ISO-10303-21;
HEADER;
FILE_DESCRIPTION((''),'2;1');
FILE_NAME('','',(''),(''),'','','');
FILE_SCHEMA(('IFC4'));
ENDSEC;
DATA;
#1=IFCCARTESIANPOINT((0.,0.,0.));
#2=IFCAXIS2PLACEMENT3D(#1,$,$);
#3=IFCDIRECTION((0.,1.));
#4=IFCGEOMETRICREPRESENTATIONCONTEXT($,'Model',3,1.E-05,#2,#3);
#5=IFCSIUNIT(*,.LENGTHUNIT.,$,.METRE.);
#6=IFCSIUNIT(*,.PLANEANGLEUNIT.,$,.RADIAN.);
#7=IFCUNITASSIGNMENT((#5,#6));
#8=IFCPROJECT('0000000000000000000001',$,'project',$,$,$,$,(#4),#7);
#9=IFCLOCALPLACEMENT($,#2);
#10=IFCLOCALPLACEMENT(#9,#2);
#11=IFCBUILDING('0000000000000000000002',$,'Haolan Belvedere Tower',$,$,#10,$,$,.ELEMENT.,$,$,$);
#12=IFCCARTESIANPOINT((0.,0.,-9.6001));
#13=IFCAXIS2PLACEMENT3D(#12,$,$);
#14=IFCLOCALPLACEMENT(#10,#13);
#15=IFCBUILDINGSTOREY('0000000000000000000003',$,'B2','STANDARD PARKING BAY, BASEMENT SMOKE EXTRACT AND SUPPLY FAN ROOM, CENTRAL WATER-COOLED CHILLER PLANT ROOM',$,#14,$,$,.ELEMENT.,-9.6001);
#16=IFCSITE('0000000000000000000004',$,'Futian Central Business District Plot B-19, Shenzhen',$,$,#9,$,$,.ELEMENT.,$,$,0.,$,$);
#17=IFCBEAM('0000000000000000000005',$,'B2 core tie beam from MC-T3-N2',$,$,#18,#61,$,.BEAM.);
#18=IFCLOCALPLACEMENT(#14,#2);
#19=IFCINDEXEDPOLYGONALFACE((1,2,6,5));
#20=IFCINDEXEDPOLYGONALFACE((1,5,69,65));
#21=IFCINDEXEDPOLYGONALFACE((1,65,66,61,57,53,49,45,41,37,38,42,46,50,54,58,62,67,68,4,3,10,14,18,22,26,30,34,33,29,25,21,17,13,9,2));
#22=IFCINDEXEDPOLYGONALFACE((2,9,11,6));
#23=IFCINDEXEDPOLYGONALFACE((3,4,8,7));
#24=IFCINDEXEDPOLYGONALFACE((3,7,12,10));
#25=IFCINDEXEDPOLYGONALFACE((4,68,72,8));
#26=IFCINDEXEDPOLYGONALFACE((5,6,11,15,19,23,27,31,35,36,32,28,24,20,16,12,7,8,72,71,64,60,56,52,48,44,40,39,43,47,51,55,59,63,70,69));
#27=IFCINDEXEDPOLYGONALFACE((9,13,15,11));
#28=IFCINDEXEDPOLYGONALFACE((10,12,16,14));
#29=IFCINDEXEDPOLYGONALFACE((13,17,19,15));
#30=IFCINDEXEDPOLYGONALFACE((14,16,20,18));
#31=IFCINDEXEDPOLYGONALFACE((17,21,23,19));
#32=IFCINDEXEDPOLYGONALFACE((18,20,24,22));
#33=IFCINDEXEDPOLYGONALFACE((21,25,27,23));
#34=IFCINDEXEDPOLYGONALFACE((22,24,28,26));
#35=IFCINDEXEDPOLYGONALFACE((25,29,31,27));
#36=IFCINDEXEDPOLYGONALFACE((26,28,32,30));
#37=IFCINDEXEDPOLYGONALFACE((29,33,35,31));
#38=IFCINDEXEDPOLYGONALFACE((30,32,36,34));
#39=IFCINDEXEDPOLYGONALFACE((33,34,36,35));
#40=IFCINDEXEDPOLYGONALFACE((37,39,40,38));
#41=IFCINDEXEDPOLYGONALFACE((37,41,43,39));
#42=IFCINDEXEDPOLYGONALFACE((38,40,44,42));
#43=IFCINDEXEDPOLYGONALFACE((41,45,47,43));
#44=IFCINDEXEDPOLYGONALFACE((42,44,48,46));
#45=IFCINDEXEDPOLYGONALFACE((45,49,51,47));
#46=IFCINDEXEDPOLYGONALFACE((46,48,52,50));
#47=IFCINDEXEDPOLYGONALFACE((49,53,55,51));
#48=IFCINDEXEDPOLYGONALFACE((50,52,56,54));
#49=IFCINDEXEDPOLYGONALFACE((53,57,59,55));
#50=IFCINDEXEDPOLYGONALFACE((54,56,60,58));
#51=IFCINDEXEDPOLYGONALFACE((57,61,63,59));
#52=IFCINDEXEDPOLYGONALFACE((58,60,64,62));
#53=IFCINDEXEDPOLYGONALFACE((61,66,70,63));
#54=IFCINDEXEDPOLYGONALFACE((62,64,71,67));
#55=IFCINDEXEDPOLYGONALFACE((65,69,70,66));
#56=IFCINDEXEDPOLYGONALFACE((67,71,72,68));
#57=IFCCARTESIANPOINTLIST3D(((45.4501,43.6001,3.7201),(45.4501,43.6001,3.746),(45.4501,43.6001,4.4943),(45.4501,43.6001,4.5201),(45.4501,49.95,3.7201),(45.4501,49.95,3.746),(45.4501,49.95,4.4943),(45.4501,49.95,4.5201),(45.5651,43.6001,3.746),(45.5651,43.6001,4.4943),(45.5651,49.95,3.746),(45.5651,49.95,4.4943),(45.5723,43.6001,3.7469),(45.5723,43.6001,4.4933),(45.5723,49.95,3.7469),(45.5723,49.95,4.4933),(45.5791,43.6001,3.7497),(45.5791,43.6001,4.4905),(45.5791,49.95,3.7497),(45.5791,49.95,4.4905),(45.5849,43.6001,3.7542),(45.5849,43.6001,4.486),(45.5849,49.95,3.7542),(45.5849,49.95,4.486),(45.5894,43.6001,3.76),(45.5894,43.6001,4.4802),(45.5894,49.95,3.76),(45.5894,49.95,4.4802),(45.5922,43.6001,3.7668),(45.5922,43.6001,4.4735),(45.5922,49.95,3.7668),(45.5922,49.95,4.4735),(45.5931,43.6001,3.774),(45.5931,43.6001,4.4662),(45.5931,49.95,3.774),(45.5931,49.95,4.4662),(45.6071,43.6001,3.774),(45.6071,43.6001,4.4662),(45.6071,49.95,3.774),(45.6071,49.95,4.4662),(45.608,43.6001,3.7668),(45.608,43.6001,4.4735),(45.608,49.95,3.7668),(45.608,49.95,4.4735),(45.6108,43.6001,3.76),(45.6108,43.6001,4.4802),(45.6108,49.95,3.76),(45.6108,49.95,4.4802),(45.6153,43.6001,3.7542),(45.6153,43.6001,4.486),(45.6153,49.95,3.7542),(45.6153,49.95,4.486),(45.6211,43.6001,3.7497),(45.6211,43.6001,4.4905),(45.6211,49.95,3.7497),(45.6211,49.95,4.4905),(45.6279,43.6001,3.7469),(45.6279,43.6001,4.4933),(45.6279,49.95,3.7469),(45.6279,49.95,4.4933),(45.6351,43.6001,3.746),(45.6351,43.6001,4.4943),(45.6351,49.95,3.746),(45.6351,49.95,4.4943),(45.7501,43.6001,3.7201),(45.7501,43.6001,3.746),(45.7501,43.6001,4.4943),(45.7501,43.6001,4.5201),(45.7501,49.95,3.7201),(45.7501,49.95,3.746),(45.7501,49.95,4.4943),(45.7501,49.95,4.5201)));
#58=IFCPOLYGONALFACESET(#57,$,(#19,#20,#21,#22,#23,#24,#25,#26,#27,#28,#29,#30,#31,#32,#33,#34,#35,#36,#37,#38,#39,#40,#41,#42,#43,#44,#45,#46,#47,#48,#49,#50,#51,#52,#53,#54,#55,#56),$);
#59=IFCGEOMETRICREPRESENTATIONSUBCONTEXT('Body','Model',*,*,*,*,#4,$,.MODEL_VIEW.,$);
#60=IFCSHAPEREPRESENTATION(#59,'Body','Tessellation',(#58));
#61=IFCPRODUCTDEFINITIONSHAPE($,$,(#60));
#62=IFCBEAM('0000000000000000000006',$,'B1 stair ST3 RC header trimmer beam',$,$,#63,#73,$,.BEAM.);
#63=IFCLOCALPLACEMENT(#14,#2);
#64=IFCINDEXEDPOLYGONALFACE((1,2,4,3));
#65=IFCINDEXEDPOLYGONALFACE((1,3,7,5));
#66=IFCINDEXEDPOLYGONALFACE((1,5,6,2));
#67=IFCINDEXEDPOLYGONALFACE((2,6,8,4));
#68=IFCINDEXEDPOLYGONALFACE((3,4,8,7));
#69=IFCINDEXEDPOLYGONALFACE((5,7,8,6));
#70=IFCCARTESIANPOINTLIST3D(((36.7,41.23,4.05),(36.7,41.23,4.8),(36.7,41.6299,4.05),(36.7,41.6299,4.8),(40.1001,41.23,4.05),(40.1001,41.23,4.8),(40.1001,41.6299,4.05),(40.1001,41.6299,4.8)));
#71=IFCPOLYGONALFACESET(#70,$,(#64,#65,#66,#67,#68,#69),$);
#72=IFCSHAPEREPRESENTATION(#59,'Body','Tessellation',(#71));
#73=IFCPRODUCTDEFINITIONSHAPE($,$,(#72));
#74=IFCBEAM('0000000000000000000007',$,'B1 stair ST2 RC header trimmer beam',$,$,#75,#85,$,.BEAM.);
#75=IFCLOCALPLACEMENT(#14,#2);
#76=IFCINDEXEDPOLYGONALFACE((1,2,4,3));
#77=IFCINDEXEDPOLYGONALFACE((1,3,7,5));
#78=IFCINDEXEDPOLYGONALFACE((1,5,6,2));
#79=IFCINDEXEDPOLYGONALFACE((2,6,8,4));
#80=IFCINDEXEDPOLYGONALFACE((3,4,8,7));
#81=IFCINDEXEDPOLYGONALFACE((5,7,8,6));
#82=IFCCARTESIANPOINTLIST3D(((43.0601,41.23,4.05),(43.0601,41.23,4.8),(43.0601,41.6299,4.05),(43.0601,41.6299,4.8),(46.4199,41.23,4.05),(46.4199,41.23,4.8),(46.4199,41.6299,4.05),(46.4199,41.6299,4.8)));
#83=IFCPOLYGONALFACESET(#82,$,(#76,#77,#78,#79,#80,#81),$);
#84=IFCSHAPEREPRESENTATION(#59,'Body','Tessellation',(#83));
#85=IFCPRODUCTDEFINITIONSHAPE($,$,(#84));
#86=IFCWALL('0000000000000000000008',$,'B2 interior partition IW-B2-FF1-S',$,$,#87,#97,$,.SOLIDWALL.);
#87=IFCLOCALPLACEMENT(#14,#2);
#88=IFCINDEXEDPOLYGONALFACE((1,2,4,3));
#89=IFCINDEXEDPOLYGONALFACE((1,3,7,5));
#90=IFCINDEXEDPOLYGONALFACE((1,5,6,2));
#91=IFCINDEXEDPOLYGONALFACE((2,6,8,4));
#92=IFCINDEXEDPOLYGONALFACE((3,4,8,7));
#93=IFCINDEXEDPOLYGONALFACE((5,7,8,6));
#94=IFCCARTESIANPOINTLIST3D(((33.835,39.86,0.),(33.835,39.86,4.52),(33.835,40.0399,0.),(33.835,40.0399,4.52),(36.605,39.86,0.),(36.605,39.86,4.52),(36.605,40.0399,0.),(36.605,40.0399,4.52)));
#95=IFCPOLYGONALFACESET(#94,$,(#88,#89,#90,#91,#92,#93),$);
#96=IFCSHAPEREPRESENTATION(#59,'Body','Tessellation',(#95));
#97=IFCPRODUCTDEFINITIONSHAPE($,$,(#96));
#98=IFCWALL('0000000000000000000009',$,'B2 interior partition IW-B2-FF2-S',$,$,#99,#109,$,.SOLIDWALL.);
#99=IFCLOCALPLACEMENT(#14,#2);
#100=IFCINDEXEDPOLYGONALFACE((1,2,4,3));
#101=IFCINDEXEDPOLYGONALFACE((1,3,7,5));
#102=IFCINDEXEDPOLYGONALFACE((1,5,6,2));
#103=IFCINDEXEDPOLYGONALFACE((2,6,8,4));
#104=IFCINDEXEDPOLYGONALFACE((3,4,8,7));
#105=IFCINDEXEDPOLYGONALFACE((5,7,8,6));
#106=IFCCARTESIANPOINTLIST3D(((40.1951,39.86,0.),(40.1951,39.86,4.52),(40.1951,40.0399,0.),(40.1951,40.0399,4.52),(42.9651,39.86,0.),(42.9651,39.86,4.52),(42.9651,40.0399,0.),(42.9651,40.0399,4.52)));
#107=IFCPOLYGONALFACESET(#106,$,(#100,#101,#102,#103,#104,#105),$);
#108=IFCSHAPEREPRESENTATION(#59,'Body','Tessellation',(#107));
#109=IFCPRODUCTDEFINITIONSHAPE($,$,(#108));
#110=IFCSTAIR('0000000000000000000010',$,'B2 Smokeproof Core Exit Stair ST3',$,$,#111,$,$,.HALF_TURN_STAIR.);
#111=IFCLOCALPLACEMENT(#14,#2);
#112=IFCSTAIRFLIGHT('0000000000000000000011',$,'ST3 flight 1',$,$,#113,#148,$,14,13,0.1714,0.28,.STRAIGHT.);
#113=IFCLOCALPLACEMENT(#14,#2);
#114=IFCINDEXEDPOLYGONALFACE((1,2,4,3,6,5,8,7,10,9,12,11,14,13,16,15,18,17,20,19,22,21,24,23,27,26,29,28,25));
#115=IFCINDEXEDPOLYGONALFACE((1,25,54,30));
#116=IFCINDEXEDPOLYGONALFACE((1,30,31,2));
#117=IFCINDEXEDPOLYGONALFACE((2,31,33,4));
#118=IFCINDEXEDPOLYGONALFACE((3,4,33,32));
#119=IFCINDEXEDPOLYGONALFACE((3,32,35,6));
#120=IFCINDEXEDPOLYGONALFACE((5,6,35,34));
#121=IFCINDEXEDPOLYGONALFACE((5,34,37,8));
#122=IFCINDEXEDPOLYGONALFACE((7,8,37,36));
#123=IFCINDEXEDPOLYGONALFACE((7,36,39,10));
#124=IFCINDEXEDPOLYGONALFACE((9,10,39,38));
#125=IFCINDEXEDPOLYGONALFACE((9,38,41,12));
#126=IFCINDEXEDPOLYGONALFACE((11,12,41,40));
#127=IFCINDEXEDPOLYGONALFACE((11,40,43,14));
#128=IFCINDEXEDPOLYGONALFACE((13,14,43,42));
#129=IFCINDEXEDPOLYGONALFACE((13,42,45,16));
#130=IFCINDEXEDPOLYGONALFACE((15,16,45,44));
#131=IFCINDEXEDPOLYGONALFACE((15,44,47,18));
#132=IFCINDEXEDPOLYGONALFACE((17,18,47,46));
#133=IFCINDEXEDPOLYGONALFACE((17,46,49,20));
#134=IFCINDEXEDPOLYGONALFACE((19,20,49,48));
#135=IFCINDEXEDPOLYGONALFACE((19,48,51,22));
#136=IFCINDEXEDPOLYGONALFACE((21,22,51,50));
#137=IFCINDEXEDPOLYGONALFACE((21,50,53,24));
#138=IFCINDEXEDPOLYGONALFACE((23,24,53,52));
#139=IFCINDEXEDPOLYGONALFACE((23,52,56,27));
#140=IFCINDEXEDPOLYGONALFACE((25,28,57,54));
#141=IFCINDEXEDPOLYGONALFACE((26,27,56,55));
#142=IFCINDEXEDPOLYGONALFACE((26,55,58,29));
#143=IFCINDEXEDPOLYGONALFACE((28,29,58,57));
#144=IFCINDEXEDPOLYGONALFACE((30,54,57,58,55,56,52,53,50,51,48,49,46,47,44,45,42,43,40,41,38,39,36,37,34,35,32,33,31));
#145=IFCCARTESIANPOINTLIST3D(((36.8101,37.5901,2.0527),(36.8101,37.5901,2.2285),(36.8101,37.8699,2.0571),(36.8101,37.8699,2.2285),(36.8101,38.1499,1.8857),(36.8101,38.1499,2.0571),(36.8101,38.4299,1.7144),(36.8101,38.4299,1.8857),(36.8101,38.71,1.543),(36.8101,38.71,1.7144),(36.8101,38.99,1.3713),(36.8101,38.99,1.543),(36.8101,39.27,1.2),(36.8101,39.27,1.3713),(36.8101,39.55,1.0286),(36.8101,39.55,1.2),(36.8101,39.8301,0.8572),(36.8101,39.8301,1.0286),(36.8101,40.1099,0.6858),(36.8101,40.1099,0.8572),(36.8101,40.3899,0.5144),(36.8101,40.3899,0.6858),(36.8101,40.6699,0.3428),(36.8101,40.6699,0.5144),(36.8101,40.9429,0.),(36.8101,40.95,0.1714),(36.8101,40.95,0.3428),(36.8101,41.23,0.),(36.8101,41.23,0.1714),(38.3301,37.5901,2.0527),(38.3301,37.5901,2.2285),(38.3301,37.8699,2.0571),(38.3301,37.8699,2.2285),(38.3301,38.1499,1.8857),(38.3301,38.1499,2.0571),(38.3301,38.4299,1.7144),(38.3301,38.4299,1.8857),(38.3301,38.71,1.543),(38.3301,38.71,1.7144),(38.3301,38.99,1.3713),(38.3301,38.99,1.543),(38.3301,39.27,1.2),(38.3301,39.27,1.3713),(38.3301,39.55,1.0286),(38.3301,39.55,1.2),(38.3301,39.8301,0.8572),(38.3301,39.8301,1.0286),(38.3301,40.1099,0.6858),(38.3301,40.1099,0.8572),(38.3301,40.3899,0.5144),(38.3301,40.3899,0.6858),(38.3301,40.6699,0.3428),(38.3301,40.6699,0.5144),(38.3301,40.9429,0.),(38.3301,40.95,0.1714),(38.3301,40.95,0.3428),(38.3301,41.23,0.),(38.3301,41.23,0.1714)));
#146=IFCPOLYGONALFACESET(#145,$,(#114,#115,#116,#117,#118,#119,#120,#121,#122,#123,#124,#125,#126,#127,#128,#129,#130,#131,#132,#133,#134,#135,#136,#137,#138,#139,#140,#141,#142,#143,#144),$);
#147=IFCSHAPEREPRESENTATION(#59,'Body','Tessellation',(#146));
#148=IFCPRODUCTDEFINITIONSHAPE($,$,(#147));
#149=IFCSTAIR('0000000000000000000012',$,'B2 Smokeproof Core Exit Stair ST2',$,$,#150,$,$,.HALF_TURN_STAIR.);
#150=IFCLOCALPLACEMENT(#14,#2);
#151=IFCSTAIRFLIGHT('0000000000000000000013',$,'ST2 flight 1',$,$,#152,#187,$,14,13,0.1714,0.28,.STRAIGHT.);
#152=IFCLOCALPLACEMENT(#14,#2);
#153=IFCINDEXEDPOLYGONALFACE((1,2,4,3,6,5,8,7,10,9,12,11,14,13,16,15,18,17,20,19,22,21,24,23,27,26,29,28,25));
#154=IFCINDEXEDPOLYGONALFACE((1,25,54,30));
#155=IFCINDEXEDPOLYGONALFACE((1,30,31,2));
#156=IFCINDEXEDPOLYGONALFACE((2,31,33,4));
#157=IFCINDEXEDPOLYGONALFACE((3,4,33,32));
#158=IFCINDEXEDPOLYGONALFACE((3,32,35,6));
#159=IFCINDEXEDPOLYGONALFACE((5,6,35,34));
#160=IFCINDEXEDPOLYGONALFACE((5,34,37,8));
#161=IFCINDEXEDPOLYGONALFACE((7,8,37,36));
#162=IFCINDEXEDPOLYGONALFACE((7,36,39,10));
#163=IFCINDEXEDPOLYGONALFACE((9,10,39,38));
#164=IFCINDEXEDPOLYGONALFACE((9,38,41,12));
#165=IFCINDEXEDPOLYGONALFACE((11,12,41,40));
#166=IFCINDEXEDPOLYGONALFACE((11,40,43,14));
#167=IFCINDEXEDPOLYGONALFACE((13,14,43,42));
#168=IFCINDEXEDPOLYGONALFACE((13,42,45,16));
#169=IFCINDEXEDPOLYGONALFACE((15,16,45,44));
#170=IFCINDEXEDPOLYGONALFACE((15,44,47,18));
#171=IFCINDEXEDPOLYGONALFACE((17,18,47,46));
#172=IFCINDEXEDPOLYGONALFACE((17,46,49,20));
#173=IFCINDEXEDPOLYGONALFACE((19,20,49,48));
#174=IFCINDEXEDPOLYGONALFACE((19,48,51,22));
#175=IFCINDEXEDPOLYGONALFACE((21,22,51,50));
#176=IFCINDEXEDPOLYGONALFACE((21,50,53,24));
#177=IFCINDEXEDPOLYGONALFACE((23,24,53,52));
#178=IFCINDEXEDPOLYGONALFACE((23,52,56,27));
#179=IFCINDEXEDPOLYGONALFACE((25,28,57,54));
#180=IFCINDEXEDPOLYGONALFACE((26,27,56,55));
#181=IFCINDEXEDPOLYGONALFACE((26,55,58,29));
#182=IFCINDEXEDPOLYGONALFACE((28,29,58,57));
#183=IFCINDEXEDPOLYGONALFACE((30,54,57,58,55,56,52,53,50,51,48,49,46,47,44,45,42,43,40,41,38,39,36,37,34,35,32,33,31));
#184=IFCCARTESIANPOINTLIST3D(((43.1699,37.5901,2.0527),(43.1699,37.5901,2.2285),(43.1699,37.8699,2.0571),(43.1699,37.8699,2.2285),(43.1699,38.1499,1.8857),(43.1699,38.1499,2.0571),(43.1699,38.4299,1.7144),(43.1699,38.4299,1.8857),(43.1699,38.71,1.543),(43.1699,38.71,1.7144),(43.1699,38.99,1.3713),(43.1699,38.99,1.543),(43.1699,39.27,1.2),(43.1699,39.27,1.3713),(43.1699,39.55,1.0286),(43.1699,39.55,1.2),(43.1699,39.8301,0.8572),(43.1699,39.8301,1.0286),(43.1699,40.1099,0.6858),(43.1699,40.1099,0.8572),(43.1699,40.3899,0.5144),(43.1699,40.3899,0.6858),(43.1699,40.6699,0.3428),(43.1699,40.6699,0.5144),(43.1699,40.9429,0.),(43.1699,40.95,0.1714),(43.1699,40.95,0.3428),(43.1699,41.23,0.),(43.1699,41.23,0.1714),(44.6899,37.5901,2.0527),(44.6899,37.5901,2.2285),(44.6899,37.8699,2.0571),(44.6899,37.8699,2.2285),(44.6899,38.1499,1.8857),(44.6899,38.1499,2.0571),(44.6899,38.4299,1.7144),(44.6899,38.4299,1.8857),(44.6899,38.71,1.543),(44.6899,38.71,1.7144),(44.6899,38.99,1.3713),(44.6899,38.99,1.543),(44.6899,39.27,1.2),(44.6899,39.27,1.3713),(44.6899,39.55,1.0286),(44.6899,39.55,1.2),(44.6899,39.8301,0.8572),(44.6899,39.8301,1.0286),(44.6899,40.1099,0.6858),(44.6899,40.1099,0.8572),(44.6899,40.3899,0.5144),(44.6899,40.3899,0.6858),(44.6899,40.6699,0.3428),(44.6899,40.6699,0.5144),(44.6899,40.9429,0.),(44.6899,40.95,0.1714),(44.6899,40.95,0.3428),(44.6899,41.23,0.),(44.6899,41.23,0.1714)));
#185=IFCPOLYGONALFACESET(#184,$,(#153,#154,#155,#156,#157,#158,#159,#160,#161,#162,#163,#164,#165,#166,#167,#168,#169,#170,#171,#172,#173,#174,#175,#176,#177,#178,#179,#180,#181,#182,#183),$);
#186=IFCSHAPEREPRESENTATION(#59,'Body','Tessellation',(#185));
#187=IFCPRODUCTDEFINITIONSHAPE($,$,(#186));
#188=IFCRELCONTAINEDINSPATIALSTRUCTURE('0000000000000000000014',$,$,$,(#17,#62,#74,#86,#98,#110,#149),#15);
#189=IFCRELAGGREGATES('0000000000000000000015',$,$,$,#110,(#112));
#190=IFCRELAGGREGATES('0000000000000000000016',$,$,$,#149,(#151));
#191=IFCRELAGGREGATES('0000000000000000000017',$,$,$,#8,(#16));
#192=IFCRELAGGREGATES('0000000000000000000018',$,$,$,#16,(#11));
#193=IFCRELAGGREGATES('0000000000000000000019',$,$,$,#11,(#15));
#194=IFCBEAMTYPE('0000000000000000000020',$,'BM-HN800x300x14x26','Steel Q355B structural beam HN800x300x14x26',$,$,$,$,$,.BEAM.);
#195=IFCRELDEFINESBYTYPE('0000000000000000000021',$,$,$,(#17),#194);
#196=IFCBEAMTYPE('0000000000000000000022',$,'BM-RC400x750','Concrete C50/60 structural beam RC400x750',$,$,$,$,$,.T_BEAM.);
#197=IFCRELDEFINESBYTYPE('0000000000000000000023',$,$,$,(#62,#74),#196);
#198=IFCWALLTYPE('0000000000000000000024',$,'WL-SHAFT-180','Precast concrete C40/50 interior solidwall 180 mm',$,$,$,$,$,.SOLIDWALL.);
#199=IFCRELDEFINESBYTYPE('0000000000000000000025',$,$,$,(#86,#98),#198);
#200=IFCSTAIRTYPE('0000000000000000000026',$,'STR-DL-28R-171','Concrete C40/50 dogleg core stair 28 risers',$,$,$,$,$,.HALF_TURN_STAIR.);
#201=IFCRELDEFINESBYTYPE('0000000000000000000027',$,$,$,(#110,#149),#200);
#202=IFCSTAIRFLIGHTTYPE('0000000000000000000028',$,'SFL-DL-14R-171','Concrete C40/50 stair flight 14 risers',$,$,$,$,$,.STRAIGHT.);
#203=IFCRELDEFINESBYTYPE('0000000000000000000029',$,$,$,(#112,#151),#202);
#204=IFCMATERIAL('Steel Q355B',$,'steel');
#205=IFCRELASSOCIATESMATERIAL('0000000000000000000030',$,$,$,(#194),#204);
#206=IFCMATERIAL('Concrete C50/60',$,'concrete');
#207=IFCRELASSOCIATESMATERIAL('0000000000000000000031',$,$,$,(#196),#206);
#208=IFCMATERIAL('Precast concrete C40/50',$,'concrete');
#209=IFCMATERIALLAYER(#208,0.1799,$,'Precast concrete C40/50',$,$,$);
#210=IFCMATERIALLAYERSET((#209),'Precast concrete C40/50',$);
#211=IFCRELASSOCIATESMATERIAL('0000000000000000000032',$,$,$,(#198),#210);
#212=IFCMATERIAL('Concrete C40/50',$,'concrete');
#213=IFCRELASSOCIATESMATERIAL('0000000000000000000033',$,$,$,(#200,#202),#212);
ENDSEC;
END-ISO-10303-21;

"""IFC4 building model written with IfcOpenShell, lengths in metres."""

from ifc_helpers import new_model, si_unit, direction, frame, frame_2d, origin, origin_2d, place, context, subcontext, project, spatial, polyline, rectangle, i_section, outline, extrude, material, layer, layer_set, material_profile, profile_set, type_object, element, aggregate, save


model = new_model("IFC4")

# Units and contexts
model_context = context("Model", 3, precision=1e-05, world=origin(), true_north=direction((0.0, 1.0)))
body_context = subcontext(model_context, "Body", "Model", "MODEL_VIEW")
ifc_project = project(units=[si_unit("LENGTHUNIT", "METRE"), si_unit("PLANEANGLEUNIT", "RADIAN")], contexts=[model_context])

# Site, building, storey
site_placement = place(None, origin())
site = spatial("IfcSite", under=ifc_project, at=site_placement, Name="Futian Central Business District Plot B-19, Shenzhen", CompositionType="ELEMENT", RefElevation=0.0)
building_placement = place(site_placement, origin())
building = spatial("IfcBuilding", under=site, at=building_placement, Name="Haolan Belvedere Tower", CompositionType="ELEMENT")
storey_placement = place(building_placement, frame((0.0, 0.0, -9.6001)))
storey = spatial("IfcBuildingStorey", under=building, at=storey_placement, Name="B2", Description="STANDARD PARKING BAY, BASEMENT SMOKE EXTRACT AND SUPPLY FAN ROOM, CENTRAL WATER-COOLED CHILLER PLANT ROOM", CompositionType="ELEMENT", Elevation=-9.6001)

# Shared definitions
ifc_material_1 = material(Name="Steel Q355B", Category="steel")

# Beams
ifc_material_profile_1 = material_profile(ifc_material_1, i_section(OverallWidth=0.3, OverallDepth=0.8, WebThickness=0.0139, FlangeThickness=0.0259, FilletRadius=0.0281, at=origin_2d()), Name="Steel Q355B")
ifc_profile_set_1 = profile_set([ifc_material_profile_1], Name="Steel Q355B")
beam_type_1 = type_object("IfcBeamType", Name="BM-HN800x300x14x26", Description="Steel Q355B structural beam HN800x300x14x26", PredefinedType="BEAM", material=ifc_profile_set_1)
beam_1_placement = place(storey_placement, frame((45.6001, 49.95, 4.1201), z_axis=(0.0, -1.0, 0.0), x_axis=(1.0, 0.0, 0.0)))
element("IfcBeam", 1, at=beam_1_placement, inside=storey, type_object=beam_type_1, Name="B2 core tie beam from MC-T3-N2", PredefinedType="BEAM", context=body_context, shape_type="SweptSolid", body=[
    extrude(i_section(OverallWidth=0.3, OverallDepth=0.8, WebThickness=0.0139, FlangeThickness=0.0259, FilletRadius=0.0281, at=origin_2d()), origin(), (0.0, 0.0, 1.0), 6.3499),
])
ifc_material_2 = material(Name="Concrete C50/60", Category="concrete")
ifc_material_profile_2 = material_profile(ifc_material_2, rectangle(XDim=0.3999, YDim=0.75, at=origin_2d()), Name="Concrete C50/60")
ifc_profile_set_2 = profile_set([ifc_material_profile_2], Name="Concrete C50/60")
beam_type_2 = type_object("IfcBeamType", Name="BM-RC400x750", Description="Concrete C50/60 structural beam RC400x750", PredefinedType="T_BEAM", material=ifc_profile_set_2)
beam_2_placement = place(storey_placement, frame((36.7, 41.4299, 4.425), z_axis=(1.0, 0.0, 0.0), x_axis=(0.0, 1.0, 0.0)))
element("IfcBeam", 2, at=beam_2_placement, inside=storey, type_object=beam_type_2, Name="B1 stair ST3 RC header trimmer beam", PredefinedType="BEAM", context=body_context, shape_type="SweptSolid", body=[
    extrude(rectangle(XDim=0.3999, YDim=0.75, at=origin_2d()), origin(), (0.0, 0.0, 1.0), 3.4001),
])
beam_3_placement = place(storey_placement, frame((43.0601, 41.4299, 4.425), z_axis=(1.0, 0.0, 0.0), x_axis=(0.0, 1.0, 0.0)))
element("IfcBeam", 3, at=beam_3_placement, inside=storey, type_object=beam_type_2, Name="B1 stair ST2 RC header trimmer beam", PredefinedType="BEAM", context=body_context, shape_type="SweptSolid", body=[
    extrude(rectangle(XDim=0.3999, YDim=0.75, at=origin_2d()), origin(), (0.0, 0.0, 1.0), 3.3599),
])

# Shared definitions
ifc_material_3 = material(Name="Concrete C40/50", Category="concrete")

# Walls
ifc_material_4 = material(Name="Precast concrete C40/50", Category="concrete")
ifc_layer_1 = layer(ifc_material_4, 0.1799, Name="Precast concrete C40/50")
ifc_layer_set_1 = layer_set([ifc_layer_1], Name="Precast concrete C40/50")
wall_type_1 = type_object("IfcWallType", Name="WL-SHAFT-180", Description="Precast concrete C40/50 interior solidwall 180 mm", PredefinedType="SOLIDWALL", material=ifc_layer_set_1)
for number, where, z_axis, x_axis, name in (
    (4, (33.835, 39.95, 0.0), (0.0, 0.0, 1.0), (1.0, 0.0, 0.0), "B2 interior partition IW-B2-FF1-S"),
    (5, (40.1951, 39.95, 0.0), (0.0, 0.0, 1.0), (1.0, 0.0, 0.0), "B2 interior partition IW-B2-FF2-S"),
):
    element("IfcWall", number, at=place(storey_placement, frame(where, z_axis=z_axis, x_axis=x_axis)), inside=storey, type_object=wall_type_1, Name=name, PredefinedType="SOLIDWALL", context=body_context, shape_type="SweptSolid", body=[
        extrude(rectangle(XDim=2.77, YDim=0.1799, at=frame_2d((1.385, 0.0))), origin(), (0.0, 0.0, 1.0), 4.52),
    ])

# Stairs, stair flights
stair_type = type_object("IfcStairType", Name="STR-DL-28R-171", Description="Concrete C40/50 dogleg core stair 28 risers", PredefinedType="HALF_TURN_STAIR", material=ifc_material_3)
stair_1_placement = place(storey_placement, origin())
stair_1 = element("IfcStair", 6, at=stair_1_placement, inside=storey, type_object=stair_type, Name="B2 Smokeproof Core Exit Stair ST3", PredefinedType="HALF_TURN_STAIR")
stair_flight_type = type_object("IfcStairFlightType", Name="SFL-DL-14R-171", Description="Concrete C40/50 stair flight 14 risers", PredefinedType="STRAIGHT", material=ifc_material_3)
stair_flight_1_placement = place(storey_placement, frame((37.5701, 41.23, 0.0), z_axis=(0.0, 0.0, 1.0), x_axis=(0.0, -1.0, 0.0)))
stair_flight_1 = element("IfcStairFlight", 7, at=stair_flight_1_placement, type_object=stair_flight_type, Name="ST3 flight 1", NumberOfRisers=14, NumberOfTreads=13, PredefinedType="STRAIGHT", RiserHeight=0.1714, TreadLength=0.28, context=body_context, shape_type="SweptSolid", body=[
    extrude(outline(polyline([(0.0, 0.0), (0.0, 0.1714), (0.28, 0.1714), (0.28, 0.3428), (0.5601, 0.3428), (0.5601, 0.5144), (0.8401, 0.5144), (0.8401, 0.6858), (1.1201, 0.6858), (1.1201, 0.8572), (1.3999, 0.8572), (1.3999, 1.0286), (1.6799, 1.0286), (1.6799, 1.2), (1.96, 1.2), (1.96, 1.3713), (2.24, 1.3713), (2.24, 1.543), (2.52, 1.543), (2.52, 1.7144), (2.8, 1.7144), (2.8, 1.8857), (3.0801, 1.8857), (3.0801, 2.0571), (3.3601, 2.0571), (3.3601, 2.2285), (3.6399, 2.2285), (3.6399, 2.3999), (3.6399, 2.0527), (0.2871, 0.0), (0.0, 0.0)])), frame((0.0, 0.76, 0.0), z_axis=(0.0, -1.0, 0.0), x_axis=(1.0, 0.0, 0.0)), (0.0, 0.0, 1.0), 1.52),
])
aggregate(stair_1, [stair_flight_1])
stair_2_placement = place(storey_placement, origin())
stair_2 = element("IfcStair", 8, at=stair_2_placement, inside=storey, type_object=stair_type, Name="B2 Smokeproof Core Exit Stair ST2", PredefinedType="HALF_TURN_STAIR")
stair_flight_2_placement = place(storey_placement, frame((43.9299, 41.23, 0.0), z_axis=(0.0, 0.0, 1.0), x_axis=(0.0, -1.0, 0.0)))
stair_flight_2 = element("IfcStairFlight", 9, at=stair_flight_2_placement, type_object=stair_flight_type, Name="ST2 flight 1", NumberOfRisers=14, NumberOfTreads=13, PredefinedType="STRAIGHT", RiserHeight=0.1714, TreadLength=0.28, context=body_context, shape_type="SweptSolid", body=[
    extrude(outline(polyline([(0.0, 0.0), (0.0, 0.1714), (0.28, 0.1714), (0.28, 0.3428), (0.5601, 0.3428), (0.5601, 0.5144), (0.8401, 0.5144), (0.8401, 0.6858), (1.1201, 0.6858), (1.1201, 0.8572), (1.3999, 0.8572), (1.3999, 1.0286), (1.6799, 1.0286), (1.6799, 1.2), (1.96, 1.2), (1.96, 1.3713), (2.24, 1.3713), (2.24, 1.543), (2.52, 1.543), (2.52, 1.7144), (2.8, 1.7144), (2.8, 1.8857), (3.0801, 1.8857), (3.0801, 2.0571), (3.3601, 2.0571), (3.3601, 2.2285), (3.6399, 2.2285), (3.6399, 2.3999), (3.6399, 2.0527), (0.2871, 0.0), (0.0, 0.0)])), frame((0.0, 0.76, 0.0), z_axis=(0.0, -1.0, 0.0), x_axis=(1.0, 0.0, 0.0)), (0.0, 0.0, 1.0), 1.52),
])
aggregate(stair_2, [stair_flight_2])

save(model, "model.ifc")
